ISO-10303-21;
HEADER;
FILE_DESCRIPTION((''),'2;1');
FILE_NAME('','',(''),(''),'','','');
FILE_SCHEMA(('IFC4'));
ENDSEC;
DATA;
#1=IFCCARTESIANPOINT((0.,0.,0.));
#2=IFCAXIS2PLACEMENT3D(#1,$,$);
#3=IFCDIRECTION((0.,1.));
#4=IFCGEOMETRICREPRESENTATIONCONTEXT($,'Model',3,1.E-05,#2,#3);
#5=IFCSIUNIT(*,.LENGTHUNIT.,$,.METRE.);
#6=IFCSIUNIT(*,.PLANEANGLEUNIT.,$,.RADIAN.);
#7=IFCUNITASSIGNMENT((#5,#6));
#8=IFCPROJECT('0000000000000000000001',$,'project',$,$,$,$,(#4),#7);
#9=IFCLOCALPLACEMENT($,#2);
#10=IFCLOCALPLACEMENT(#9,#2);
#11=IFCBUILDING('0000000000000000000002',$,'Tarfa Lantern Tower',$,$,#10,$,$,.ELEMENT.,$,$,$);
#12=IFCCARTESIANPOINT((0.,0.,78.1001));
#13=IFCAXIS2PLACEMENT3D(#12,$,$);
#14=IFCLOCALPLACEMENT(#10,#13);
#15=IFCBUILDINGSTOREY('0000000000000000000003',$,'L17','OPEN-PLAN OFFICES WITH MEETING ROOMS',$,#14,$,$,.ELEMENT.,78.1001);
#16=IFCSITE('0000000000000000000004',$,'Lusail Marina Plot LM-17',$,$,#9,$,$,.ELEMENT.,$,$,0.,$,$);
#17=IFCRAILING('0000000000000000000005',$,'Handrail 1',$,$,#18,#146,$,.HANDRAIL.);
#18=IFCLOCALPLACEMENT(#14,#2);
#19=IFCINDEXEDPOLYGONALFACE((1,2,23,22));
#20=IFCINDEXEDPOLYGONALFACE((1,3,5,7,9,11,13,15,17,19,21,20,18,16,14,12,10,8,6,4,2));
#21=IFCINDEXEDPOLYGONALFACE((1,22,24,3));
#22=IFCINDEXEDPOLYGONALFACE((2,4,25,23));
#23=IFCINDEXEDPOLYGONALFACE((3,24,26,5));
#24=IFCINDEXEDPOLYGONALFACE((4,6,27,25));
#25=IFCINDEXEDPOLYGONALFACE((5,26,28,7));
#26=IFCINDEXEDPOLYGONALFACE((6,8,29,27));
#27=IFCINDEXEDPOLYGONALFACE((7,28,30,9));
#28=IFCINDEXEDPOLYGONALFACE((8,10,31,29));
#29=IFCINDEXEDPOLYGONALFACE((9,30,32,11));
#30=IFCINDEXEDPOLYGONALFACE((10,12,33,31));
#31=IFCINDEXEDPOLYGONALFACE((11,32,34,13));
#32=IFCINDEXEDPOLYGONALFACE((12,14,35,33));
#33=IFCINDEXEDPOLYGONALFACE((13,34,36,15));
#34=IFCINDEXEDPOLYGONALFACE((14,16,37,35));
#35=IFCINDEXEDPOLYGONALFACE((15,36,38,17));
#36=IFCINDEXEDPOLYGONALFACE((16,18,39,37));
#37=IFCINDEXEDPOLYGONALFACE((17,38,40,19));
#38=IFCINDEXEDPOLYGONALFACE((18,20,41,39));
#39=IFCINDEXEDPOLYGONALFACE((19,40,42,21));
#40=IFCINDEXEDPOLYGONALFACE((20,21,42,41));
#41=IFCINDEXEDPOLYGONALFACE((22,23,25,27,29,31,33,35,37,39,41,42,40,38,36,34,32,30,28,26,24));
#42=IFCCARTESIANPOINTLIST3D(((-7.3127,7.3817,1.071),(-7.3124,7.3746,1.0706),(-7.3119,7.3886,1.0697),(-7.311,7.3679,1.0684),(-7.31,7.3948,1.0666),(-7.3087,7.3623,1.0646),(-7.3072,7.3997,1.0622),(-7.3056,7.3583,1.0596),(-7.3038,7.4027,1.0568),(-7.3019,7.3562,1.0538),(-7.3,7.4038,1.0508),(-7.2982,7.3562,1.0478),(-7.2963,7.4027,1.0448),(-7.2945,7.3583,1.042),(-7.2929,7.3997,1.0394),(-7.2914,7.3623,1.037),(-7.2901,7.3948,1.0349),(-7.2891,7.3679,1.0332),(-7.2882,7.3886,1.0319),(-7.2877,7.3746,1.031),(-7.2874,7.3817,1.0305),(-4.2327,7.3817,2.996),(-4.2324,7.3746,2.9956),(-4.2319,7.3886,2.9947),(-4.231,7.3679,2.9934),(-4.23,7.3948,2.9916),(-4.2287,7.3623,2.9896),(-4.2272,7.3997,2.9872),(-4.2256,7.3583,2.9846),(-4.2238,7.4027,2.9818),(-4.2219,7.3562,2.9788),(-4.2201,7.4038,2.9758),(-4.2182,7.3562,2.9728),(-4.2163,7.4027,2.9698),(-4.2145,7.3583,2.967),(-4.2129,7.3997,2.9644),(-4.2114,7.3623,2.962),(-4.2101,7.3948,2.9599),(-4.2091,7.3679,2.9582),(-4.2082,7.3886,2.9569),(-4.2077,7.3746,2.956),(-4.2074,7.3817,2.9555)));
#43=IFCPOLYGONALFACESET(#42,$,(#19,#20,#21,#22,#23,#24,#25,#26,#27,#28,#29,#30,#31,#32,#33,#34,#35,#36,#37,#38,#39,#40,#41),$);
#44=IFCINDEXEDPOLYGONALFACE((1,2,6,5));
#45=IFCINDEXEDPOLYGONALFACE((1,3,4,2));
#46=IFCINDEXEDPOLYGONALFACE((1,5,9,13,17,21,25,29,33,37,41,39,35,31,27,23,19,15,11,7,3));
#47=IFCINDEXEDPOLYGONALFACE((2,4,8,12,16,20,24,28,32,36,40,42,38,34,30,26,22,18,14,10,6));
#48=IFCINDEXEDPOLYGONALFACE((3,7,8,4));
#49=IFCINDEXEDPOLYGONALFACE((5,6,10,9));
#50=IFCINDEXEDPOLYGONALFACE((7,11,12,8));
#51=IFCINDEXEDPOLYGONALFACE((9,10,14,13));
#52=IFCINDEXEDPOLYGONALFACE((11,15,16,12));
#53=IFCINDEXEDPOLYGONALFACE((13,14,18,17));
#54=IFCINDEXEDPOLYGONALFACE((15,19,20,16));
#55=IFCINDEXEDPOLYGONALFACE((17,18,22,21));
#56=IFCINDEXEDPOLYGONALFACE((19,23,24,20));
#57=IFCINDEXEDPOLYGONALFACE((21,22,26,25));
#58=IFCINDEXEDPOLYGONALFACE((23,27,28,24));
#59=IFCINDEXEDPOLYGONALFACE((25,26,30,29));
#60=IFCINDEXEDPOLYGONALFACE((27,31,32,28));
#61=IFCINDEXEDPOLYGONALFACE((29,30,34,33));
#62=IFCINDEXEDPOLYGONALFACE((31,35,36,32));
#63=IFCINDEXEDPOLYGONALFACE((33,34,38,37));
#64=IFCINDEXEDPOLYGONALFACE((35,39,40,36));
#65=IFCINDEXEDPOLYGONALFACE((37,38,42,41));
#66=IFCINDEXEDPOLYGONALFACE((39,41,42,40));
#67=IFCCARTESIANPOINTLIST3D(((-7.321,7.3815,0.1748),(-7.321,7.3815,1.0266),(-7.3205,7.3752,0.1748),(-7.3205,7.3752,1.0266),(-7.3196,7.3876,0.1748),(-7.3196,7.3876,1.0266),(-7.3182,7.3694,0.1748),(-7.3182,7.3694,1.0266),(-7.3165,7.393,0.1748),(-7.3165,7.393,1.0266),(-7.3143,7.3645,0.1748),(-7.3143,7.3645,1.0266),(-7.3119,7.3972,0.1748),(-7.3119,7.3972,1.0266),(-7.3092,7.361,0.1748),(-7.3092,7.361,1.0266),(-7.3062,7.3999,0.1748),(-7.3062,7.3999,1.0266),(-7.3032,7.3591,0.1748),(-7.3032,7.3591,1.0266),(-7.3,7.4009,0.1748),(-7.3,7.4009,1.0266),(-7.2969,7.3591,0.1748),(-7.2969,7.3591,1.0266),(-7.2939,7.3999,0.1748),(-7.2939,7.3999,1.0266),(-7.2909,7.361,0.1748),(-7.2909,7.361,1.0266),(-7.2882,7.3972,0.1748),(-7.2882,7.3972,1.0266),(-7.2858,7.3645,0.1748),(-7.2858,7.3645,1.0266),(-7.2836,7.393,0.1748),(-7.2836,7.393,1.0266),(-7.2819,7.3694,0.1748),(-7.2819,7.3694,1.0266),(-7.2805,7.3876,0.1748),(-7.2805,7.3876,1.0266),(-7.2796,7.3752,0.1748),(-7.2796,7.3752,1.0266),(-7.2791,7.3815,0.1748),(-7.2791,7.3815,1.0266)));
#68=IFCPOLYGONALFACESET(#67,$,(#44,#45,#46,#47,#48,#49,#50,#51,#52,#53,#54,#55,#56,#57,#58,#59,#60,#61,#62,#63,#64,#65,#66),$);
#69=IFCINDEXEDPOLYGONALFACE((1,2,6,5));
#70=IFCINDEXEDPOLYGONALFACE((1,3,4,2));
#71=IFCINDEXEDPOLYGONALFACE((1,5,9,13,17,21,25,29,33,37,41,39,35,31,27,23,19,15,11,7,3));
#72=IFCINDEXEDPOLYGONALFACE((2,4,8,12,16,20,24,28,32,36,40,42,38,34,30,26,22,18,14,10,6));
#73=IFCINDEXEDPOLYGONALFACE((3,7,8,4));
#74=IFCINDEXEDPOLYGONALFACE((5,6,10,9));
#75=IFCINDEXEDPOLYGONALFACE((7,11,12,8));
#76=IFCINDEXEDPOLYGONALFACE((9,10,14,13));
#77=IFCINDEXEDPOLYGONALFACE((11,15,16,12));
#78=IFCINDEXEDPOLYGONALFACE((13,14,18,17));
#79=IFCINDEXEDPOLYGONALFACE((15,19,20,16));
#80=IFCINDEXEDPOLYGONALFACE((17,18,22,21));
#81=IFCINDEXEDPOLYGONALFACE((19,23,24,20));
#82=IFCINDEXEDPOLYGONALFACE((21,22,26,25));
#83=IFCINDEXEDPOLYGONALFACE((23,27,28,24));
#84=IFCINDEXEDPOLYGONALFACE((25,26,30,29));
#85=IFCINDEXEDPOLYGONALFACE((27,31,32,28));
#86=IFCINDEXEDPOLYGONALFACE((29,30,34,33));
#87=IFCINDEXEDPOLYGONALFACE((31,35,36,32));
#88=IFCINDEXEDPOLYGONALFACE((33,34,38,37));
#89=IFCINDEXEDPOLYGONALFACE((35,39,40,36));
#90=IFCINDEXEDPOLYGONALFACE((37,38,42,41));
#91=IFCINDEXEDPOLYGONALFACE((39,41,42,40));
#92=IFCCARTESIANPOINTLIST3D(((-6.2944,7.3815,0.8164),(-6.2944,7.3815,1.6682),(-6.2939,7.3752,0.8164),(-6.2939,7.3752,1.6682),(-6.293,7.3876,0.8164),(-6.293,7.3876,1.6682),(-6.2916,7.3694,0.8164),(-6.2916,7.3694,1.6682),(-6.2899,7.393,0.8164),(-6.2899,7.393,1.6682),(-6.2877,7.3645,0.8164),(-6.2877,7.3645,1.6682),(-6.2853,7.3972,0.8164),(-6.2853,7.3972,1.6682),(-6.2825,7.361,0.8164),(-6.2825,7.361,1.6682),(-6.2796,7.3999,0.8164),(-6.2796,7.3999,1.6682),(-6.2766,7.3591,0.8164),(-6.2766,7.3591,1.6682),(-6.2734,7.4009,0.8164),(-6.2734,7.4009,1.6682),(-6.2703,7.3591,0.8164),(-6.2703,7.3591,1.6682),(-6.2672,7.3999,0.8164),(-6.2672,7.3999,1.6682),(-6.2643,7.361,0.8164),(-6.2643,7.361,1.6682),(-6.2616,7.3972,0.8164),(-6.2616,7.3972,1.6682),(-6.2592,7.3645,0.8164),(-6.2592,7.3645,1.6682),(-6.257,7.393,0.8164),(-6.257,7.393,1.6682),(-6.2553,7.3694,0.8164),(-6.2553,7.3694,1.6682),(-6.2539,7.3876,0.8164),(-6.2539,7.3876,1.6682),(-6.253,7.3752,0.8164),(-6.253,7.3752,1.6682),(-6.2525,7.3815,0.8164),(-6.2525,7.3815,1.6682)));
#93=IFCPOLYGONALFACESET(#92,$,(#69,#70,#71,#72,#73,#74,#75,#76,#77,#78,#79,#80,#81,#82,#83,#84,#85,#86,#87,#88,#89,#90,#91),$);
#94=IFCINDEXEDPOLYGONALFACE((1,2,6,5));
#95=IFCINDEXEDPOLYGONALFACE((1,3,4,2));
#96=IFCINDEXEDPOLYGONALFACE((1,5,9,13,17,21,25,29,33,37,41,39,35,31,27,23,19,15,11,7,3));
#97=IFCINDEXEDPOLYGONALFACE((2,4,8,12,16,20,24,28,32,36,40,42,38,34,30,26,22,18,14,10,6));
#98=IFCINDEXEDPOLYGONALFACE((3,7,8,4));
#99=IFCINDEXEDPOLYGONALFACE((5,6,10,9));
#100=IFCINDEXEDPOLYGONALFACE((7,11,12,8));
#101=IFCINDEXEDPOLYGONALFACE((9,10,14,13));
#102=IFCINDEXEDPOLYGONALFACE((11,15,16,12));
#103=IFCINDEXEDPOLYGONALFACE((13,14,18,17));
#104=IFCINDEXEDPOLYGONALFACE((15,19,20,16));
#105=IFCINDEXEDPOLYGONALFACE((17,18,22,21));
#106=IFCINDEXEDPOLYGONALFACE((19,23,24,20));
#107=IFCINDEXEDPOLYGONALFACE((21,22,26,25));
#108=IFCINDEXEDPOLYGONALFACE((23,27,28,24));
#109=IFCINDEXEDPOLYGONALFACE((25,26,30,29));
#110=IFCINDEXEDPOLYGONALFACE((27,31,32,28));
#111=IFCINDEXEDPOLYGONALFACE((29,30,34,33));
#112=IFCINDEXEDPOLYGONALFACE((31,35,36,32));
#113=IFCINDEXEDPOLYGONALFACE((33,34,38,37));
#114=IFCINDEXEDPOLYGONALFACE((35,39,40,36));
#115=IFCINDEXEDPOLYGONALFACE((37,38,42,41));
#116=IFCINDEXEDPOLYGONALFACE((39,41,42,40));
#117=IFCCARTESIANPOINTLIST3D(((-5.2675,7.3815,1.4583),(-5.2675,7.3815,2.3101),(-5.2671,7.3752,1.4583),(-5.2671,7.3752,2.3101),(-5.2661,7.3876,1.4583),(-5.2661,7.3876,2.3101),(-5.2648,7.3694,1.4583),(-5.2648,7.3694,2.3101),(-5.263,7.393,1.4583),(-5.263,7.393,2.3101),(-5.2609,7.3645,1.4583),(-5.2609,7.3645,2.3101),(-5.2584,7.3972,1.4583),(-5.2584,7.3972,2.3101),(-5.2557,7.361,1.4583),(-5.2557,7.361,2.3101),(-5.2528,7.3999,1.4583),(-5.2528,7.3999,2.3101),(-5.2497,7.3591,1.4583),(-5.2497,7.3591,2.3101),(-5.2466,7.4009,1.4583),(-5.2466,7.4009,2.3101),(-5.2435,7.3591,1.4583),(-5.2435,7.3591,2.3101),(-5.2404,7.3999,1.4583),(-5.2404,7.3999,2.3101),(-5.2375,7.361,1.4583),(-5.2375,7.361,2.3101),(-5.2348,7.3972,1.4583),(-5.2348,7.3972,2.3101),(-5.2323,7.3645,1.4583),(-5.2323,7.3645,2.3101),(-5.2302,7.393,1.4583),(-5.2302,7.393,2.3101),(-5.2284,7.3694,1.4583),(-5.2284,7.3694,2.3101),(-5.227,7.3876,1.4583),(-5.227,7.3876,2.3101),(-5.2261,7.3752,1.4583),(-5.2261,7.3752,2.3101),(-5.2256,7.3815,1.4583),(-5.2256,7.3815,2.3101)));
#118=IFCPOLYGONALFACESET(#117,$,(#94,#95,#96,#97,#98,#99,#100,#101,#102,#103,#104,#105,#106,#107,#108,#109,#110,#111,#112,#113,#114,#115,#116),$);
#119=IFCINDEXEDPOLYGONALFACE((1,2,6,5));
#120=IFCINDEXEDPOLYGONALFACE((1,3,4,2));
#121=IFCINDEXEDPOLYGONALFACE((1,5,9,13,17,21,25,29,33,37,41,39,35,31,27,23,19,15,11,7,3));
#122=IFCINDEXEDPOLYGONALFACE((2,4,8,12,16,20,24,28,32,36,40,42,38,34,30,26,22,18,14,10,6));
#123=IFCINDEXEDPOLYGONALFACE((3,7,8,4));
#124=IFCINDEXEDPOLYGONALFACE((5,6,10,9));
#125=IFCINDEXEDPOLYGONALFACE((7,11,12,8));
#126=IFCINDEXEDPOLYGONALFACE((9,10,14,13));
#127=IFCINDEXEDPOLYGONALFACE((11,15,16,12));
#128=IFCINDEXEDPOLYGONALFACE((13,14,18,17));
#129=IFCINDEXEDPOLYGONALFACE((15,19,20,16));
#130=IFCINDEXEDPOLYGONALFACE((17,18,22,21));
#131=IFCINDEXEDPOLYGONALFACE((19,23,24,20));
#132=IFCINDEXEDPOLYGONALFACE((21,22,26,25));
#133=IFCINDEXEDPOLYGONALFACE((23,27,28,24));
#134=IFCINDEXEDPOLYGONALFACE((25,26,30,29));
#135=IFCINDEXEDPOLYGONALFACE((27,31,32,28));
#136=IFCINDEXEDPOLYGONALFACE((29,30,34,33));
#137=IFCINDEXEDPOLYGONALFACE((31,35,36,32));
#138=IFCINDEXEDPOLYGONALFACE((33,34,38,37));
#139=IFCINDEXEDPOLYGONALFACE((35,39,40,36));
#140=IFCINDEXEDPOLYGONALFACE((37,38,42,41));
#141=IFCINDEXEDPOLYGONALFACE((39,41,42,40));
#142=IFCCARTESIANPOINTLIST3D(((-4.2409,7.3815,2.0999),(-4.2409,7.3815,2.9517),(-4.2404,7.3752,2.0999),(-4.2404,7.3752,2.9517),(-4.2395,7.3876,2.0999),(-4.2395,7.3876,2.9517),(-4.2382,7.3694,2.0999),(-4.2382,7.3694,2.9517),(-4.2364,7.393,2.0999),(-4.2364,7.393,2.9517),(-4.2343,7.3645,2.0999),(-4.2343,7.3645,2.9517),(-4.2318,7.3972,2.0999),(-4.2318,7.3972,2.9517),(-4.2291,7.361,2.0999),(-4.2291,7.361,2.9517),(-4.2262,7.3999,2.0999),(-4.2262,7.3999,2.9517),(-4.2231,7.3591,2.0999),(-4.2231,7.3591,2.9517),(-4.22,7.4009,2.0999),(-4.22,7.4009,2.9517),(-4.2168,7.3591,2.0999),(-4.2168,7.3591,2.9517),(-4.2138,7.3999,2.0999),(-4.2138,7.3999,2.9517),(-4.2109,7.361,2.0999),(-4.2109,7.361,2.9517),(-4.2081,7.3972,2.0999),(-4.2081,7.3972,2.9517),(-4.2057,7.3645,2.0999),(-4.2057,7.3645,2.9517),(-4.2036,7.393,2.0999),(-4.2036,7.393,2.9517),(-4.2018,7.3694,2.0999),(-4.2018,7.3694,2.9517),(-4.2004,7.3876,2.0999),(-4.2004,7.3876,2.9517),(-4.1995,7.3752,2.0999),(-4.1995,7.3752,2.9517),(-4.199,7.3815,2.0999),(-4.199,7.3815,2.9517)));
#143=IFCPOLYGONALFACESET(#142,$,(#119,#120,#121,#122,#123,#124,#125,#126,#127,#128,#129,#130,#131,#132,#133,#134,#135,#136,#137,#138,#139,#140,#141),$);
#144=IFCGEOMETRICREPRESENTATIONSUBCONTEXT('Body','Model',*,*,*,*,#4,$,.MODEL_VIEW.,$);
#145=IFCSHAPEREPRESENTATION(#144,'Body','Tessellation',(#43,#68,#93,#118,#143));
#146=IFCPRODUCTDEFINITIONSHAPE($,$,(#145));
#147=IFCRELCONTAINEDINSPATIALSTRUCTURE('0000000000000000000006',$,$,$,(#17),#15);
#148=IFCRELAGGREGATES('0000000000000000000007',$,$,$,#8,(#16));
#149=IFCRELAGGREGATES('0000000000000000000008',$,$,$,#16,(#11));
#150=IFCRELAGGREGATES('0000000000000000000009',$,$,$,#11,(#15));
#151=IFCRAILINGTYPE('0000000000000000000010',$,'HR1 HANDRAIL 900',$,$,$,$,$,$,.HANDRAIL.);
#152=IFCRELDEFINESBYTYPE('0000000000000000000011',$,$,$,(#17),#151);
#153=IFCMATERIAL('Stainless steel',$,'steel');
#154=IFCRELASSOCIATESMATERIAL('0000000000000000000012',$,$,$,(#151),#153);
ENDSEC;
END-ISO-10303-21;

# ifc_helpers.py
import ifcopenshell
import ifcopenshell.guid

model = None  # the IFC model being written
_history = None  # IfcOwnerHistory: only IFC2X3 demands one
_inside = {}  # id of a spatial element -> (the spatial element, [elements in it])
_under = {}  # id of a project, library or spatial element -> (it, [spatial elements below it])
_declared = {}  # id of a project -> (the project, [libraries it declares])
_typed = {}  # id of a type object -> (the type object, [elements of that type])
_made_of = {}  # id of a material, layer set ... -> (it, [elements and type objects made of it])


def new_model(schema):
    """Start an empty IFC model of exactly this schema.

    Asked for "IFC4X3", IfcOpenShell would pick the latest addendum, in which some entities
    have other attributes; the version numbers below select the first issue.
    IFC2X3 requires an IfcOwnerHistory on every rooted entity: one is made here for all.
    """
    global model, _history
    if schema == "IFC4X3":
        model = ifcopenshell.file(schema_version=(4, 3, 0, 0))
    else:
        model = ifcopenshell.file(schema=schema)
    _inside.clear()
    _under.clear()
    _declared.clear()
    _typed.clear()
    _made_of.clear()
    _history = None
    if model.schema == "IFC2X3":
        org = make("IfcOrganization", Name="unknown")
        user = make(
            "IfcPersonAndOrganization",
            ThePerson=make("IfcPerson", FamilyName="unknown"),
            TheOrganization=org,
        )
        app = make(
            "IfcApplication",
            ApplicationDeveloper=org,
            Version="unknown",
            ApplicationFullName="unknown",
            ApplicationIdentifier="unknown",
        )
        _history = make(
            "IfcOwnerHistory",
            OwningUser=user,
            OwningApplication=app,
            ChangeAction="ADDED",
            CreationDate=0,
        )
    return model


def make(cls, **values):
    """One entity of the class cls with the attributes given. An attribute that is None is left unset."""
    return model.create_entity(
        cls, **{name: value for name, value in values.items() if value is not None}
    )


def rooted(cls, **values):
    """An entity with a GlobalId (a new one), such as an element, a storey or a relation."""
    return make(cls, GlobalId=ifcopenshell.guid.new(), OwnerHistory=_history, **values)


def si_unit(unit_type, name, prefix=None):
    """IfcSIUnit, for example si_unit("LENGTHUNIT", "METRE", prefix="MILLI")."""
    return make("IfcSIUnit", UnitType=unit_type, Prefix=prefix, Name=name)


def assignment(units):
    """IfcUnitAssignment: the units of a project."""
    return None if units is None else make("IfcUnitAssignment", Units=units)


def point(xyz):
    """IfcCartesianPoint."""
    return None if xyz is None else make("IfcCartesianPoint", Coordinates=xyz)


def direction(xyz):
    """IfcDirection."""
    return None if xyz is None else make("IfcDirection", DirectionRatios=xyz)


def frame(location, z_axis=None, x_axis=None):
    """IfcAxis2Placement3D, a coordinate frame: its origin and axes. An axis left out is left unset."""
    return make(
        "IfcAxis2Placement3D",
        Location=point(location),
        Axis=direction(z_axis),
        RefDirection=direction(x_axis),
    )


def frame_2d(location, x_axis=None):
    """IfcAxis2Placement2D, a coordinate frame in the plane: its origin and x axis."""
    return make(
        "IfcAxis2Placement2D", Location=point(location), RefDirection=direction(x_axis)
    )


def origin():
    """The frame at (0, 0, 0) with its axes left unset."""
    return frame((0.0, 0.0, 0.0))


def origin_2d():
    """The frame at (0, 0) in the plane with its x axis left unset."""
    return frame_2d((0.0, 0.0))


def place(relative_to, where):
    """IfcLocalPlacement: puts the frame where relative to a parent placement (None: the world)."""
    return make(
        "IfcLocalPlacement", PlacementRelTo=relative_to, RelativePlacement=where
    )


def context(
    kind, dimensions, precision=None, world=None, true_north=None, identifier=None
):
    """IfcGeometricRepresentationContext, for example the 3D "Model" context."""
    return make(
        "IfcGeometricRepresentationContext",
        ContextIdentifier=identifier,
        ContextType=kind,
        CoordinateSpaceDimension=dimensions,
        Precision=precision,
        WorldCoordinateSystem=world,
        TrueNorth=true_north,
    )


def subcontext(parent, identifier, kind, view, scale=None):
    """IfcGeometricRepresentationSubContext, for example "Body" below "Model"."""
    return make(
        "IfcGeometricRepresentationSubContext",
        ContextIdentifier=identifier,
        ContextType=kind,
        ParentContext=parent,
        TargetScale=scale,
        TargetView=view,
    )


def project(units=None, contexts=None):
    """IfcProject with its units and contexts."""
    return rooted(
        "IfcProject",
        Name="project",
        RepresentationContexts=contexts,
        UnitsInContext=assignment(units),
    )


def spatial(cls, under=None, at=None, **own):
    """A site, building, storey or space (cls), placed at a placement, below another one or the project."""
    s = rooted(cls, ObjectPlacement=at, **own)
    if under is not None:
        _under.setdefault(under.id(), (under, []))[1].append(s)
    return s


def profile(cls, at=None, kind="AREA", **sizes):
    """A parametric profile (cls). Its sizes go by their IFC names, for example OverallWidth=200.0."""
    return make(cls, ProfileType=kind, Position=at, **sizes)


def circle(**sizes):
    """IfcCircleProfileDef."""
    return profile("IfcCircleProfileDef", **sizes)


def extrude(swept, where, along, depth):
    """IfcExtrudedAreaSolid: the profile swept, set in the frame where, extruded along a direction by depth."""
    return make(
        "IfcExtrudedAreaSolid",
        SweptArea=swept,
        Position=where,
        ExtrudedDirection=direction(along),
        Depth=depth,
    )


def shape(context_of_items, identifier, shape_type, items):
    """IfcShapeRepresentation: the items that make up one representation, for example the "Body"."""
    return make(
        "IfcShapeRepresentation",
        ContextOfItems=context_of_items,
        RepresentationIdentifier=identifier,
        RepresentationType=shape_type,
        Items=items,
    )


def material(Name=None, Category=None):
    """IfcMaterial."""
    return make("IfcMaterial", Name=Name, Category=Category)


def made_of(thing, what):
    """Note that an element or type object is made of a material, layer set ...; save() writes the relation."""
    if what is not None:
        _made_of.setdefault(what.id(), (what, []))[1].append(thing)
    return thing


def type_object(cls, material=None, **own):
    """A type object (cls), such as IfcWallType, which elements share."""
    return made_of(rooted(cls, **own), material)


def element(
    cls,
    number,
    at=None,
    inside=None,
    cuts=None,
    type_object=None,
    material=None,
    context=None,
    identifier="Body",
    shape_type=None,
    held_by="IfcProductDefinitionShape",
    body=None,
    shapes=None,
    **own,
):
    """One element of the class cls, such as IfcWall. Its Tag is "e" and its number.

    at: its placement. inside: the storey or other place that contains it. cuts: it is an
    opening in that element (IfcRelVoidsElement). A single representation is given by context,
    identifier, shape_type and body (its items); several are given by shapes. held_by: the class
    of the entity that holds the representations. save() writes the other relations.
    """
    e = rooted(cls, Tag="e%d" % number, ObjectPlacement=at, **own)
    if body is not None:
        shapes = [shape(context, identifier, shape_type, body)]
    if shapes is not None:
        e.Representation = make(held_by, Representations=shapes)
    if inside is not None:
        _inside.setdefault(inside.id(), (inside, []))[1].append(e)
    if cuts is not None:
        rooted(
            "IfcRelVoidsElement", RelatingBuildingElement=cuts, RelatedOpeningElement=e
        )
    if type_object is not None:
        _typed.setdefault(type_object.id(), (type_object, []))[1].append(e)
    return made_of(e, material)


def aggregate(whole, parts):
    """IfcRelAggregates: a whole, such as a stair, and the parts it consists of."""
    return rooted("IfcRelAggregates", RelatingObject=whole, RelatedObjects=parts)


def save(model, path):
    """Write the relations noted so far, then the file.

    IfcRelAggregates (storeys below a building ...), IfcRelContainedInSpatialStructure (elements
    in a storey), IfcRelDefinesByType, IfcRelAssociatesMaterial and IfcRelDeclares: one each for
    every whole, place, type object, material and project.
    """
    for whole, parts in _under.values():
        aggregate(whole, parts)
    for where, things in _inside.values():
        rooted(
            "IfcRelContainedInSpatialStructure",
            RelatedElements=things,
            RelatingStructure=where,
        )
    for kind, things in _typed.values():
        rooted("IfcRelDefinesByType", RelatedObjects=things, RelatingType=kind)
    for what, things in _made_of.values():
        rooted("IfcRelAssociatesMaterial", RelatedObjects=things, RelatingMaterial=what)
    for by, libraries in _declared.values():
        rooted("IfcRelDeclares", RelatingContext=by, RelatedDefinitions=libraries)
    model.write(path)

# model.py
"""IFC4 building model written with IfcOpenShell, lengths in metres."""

from ifc_helpers import new_model, si_unit, direction, frame, origin, origin_2d, place, context, subcontext, project, spatial, circle, extrude, material, type_object, element, save


model = new_model("IFC4")

# Units and contexts
model_context = context("Model", 3, precision=1e-05, world=origin(), true_north=direction((0.0, 1.0)))
body_context = subcontext(model_context, "Body", "Model", "MODEL_VIEW")
ifc_project = project(units=[si_unit("LENGTHUNIT", "METRE"), si_unit("PLANEANGLEUNIT", "RADIAN")], contexts=[model_context])

# Site, building, storey
site_placement = place(None, origin())
site = spatial("IfcSite", under=ifc_project, at=site_placement, Name="Lusail Marina Plot LM-17", CompositionType="ELEMENT", RefElevation=0.0)
building_placement = place(site_placement, origin())
building = spatial("IfcBuilding", under=site, at=building_placement, Name="Tarfa Lantern Tower", CompositionType="ELEMENT")
storey_placement = place(building_placement, frame((0.0, 0.0, 78.1001)))
storey = spatial("IfcBuildingStorey", under=building, at=storey_placement, Name="L17", Description="OPEN-PLAN OFFICES WITH MEETING ROOMS", CompositionType="ELEMENT", Elevation=78.1001)

# Railing
ifc_material_1 = material(Name="Stainless steel", Category="steel")
railing_type = type_object("IfcRailingType", Name="HR1 HANDRAIL 900", PredefinedType="HANDRAIL", material=ifc_material_1)
railing_1_placement = place(storey_placement, frame((-7.3, 7.3799, 0.1748)))
element("IfcRailing", 1, at=railing_1_placement, inside=storey, type_object=railing_type, Name="Handrail 1", PredefinedType="HANDRAIL", context=body_context, shape_type="SweptSolid", body=[
    extrude(circle(Radius=0.0239, at=origin_2d()), frame((0.0, 0.0, 0.876), z_axis=(0.847998, 0.0, 0.529999), x_axis=(0.0, 1.0, 0.0)), (0.0, 0.0, 1.0), 3.6321),
    extrude(circle(Radius=0.021, at=origin_2d()), frame((0.0, 0.0, 0.0), z_axis=(0.0, 0.0, 1.0), x_axis=(0.0, 1.0, 0.0)), (0.0, 0.0, 1.0), 0.8518),
    extrude(circle(Radius=0.021, at=origin_2d()), frame((1.0266, 0.0, 0.6416), z_axis=(0.0, 0.0, 1.0), x_axis=(0.0, 1.0, 0.0)), (0.0, 0.0, 1.0), 0.8518),
    extrude(circle(Radius=0.021, at=origin_2d()), frame((2.0535, 0.0, 1.2834), z_axis=(0.0, 0.0, 1.0), x_axis=(0.0, 1.0, 0.0)), (0.0, 0.0, 1.0), 0.8518),
    extrude(circle(Radius=0.021, at=origin_2d()), frame((3.0801, 0.0, 1.925), z_axis=(0.0, 0.0, 1.0), x_axis=(0.0, 1.0, 0.0)), (0.0, 0.0, 1.0), 0.8518),
])

save(model, "model.ifc")
